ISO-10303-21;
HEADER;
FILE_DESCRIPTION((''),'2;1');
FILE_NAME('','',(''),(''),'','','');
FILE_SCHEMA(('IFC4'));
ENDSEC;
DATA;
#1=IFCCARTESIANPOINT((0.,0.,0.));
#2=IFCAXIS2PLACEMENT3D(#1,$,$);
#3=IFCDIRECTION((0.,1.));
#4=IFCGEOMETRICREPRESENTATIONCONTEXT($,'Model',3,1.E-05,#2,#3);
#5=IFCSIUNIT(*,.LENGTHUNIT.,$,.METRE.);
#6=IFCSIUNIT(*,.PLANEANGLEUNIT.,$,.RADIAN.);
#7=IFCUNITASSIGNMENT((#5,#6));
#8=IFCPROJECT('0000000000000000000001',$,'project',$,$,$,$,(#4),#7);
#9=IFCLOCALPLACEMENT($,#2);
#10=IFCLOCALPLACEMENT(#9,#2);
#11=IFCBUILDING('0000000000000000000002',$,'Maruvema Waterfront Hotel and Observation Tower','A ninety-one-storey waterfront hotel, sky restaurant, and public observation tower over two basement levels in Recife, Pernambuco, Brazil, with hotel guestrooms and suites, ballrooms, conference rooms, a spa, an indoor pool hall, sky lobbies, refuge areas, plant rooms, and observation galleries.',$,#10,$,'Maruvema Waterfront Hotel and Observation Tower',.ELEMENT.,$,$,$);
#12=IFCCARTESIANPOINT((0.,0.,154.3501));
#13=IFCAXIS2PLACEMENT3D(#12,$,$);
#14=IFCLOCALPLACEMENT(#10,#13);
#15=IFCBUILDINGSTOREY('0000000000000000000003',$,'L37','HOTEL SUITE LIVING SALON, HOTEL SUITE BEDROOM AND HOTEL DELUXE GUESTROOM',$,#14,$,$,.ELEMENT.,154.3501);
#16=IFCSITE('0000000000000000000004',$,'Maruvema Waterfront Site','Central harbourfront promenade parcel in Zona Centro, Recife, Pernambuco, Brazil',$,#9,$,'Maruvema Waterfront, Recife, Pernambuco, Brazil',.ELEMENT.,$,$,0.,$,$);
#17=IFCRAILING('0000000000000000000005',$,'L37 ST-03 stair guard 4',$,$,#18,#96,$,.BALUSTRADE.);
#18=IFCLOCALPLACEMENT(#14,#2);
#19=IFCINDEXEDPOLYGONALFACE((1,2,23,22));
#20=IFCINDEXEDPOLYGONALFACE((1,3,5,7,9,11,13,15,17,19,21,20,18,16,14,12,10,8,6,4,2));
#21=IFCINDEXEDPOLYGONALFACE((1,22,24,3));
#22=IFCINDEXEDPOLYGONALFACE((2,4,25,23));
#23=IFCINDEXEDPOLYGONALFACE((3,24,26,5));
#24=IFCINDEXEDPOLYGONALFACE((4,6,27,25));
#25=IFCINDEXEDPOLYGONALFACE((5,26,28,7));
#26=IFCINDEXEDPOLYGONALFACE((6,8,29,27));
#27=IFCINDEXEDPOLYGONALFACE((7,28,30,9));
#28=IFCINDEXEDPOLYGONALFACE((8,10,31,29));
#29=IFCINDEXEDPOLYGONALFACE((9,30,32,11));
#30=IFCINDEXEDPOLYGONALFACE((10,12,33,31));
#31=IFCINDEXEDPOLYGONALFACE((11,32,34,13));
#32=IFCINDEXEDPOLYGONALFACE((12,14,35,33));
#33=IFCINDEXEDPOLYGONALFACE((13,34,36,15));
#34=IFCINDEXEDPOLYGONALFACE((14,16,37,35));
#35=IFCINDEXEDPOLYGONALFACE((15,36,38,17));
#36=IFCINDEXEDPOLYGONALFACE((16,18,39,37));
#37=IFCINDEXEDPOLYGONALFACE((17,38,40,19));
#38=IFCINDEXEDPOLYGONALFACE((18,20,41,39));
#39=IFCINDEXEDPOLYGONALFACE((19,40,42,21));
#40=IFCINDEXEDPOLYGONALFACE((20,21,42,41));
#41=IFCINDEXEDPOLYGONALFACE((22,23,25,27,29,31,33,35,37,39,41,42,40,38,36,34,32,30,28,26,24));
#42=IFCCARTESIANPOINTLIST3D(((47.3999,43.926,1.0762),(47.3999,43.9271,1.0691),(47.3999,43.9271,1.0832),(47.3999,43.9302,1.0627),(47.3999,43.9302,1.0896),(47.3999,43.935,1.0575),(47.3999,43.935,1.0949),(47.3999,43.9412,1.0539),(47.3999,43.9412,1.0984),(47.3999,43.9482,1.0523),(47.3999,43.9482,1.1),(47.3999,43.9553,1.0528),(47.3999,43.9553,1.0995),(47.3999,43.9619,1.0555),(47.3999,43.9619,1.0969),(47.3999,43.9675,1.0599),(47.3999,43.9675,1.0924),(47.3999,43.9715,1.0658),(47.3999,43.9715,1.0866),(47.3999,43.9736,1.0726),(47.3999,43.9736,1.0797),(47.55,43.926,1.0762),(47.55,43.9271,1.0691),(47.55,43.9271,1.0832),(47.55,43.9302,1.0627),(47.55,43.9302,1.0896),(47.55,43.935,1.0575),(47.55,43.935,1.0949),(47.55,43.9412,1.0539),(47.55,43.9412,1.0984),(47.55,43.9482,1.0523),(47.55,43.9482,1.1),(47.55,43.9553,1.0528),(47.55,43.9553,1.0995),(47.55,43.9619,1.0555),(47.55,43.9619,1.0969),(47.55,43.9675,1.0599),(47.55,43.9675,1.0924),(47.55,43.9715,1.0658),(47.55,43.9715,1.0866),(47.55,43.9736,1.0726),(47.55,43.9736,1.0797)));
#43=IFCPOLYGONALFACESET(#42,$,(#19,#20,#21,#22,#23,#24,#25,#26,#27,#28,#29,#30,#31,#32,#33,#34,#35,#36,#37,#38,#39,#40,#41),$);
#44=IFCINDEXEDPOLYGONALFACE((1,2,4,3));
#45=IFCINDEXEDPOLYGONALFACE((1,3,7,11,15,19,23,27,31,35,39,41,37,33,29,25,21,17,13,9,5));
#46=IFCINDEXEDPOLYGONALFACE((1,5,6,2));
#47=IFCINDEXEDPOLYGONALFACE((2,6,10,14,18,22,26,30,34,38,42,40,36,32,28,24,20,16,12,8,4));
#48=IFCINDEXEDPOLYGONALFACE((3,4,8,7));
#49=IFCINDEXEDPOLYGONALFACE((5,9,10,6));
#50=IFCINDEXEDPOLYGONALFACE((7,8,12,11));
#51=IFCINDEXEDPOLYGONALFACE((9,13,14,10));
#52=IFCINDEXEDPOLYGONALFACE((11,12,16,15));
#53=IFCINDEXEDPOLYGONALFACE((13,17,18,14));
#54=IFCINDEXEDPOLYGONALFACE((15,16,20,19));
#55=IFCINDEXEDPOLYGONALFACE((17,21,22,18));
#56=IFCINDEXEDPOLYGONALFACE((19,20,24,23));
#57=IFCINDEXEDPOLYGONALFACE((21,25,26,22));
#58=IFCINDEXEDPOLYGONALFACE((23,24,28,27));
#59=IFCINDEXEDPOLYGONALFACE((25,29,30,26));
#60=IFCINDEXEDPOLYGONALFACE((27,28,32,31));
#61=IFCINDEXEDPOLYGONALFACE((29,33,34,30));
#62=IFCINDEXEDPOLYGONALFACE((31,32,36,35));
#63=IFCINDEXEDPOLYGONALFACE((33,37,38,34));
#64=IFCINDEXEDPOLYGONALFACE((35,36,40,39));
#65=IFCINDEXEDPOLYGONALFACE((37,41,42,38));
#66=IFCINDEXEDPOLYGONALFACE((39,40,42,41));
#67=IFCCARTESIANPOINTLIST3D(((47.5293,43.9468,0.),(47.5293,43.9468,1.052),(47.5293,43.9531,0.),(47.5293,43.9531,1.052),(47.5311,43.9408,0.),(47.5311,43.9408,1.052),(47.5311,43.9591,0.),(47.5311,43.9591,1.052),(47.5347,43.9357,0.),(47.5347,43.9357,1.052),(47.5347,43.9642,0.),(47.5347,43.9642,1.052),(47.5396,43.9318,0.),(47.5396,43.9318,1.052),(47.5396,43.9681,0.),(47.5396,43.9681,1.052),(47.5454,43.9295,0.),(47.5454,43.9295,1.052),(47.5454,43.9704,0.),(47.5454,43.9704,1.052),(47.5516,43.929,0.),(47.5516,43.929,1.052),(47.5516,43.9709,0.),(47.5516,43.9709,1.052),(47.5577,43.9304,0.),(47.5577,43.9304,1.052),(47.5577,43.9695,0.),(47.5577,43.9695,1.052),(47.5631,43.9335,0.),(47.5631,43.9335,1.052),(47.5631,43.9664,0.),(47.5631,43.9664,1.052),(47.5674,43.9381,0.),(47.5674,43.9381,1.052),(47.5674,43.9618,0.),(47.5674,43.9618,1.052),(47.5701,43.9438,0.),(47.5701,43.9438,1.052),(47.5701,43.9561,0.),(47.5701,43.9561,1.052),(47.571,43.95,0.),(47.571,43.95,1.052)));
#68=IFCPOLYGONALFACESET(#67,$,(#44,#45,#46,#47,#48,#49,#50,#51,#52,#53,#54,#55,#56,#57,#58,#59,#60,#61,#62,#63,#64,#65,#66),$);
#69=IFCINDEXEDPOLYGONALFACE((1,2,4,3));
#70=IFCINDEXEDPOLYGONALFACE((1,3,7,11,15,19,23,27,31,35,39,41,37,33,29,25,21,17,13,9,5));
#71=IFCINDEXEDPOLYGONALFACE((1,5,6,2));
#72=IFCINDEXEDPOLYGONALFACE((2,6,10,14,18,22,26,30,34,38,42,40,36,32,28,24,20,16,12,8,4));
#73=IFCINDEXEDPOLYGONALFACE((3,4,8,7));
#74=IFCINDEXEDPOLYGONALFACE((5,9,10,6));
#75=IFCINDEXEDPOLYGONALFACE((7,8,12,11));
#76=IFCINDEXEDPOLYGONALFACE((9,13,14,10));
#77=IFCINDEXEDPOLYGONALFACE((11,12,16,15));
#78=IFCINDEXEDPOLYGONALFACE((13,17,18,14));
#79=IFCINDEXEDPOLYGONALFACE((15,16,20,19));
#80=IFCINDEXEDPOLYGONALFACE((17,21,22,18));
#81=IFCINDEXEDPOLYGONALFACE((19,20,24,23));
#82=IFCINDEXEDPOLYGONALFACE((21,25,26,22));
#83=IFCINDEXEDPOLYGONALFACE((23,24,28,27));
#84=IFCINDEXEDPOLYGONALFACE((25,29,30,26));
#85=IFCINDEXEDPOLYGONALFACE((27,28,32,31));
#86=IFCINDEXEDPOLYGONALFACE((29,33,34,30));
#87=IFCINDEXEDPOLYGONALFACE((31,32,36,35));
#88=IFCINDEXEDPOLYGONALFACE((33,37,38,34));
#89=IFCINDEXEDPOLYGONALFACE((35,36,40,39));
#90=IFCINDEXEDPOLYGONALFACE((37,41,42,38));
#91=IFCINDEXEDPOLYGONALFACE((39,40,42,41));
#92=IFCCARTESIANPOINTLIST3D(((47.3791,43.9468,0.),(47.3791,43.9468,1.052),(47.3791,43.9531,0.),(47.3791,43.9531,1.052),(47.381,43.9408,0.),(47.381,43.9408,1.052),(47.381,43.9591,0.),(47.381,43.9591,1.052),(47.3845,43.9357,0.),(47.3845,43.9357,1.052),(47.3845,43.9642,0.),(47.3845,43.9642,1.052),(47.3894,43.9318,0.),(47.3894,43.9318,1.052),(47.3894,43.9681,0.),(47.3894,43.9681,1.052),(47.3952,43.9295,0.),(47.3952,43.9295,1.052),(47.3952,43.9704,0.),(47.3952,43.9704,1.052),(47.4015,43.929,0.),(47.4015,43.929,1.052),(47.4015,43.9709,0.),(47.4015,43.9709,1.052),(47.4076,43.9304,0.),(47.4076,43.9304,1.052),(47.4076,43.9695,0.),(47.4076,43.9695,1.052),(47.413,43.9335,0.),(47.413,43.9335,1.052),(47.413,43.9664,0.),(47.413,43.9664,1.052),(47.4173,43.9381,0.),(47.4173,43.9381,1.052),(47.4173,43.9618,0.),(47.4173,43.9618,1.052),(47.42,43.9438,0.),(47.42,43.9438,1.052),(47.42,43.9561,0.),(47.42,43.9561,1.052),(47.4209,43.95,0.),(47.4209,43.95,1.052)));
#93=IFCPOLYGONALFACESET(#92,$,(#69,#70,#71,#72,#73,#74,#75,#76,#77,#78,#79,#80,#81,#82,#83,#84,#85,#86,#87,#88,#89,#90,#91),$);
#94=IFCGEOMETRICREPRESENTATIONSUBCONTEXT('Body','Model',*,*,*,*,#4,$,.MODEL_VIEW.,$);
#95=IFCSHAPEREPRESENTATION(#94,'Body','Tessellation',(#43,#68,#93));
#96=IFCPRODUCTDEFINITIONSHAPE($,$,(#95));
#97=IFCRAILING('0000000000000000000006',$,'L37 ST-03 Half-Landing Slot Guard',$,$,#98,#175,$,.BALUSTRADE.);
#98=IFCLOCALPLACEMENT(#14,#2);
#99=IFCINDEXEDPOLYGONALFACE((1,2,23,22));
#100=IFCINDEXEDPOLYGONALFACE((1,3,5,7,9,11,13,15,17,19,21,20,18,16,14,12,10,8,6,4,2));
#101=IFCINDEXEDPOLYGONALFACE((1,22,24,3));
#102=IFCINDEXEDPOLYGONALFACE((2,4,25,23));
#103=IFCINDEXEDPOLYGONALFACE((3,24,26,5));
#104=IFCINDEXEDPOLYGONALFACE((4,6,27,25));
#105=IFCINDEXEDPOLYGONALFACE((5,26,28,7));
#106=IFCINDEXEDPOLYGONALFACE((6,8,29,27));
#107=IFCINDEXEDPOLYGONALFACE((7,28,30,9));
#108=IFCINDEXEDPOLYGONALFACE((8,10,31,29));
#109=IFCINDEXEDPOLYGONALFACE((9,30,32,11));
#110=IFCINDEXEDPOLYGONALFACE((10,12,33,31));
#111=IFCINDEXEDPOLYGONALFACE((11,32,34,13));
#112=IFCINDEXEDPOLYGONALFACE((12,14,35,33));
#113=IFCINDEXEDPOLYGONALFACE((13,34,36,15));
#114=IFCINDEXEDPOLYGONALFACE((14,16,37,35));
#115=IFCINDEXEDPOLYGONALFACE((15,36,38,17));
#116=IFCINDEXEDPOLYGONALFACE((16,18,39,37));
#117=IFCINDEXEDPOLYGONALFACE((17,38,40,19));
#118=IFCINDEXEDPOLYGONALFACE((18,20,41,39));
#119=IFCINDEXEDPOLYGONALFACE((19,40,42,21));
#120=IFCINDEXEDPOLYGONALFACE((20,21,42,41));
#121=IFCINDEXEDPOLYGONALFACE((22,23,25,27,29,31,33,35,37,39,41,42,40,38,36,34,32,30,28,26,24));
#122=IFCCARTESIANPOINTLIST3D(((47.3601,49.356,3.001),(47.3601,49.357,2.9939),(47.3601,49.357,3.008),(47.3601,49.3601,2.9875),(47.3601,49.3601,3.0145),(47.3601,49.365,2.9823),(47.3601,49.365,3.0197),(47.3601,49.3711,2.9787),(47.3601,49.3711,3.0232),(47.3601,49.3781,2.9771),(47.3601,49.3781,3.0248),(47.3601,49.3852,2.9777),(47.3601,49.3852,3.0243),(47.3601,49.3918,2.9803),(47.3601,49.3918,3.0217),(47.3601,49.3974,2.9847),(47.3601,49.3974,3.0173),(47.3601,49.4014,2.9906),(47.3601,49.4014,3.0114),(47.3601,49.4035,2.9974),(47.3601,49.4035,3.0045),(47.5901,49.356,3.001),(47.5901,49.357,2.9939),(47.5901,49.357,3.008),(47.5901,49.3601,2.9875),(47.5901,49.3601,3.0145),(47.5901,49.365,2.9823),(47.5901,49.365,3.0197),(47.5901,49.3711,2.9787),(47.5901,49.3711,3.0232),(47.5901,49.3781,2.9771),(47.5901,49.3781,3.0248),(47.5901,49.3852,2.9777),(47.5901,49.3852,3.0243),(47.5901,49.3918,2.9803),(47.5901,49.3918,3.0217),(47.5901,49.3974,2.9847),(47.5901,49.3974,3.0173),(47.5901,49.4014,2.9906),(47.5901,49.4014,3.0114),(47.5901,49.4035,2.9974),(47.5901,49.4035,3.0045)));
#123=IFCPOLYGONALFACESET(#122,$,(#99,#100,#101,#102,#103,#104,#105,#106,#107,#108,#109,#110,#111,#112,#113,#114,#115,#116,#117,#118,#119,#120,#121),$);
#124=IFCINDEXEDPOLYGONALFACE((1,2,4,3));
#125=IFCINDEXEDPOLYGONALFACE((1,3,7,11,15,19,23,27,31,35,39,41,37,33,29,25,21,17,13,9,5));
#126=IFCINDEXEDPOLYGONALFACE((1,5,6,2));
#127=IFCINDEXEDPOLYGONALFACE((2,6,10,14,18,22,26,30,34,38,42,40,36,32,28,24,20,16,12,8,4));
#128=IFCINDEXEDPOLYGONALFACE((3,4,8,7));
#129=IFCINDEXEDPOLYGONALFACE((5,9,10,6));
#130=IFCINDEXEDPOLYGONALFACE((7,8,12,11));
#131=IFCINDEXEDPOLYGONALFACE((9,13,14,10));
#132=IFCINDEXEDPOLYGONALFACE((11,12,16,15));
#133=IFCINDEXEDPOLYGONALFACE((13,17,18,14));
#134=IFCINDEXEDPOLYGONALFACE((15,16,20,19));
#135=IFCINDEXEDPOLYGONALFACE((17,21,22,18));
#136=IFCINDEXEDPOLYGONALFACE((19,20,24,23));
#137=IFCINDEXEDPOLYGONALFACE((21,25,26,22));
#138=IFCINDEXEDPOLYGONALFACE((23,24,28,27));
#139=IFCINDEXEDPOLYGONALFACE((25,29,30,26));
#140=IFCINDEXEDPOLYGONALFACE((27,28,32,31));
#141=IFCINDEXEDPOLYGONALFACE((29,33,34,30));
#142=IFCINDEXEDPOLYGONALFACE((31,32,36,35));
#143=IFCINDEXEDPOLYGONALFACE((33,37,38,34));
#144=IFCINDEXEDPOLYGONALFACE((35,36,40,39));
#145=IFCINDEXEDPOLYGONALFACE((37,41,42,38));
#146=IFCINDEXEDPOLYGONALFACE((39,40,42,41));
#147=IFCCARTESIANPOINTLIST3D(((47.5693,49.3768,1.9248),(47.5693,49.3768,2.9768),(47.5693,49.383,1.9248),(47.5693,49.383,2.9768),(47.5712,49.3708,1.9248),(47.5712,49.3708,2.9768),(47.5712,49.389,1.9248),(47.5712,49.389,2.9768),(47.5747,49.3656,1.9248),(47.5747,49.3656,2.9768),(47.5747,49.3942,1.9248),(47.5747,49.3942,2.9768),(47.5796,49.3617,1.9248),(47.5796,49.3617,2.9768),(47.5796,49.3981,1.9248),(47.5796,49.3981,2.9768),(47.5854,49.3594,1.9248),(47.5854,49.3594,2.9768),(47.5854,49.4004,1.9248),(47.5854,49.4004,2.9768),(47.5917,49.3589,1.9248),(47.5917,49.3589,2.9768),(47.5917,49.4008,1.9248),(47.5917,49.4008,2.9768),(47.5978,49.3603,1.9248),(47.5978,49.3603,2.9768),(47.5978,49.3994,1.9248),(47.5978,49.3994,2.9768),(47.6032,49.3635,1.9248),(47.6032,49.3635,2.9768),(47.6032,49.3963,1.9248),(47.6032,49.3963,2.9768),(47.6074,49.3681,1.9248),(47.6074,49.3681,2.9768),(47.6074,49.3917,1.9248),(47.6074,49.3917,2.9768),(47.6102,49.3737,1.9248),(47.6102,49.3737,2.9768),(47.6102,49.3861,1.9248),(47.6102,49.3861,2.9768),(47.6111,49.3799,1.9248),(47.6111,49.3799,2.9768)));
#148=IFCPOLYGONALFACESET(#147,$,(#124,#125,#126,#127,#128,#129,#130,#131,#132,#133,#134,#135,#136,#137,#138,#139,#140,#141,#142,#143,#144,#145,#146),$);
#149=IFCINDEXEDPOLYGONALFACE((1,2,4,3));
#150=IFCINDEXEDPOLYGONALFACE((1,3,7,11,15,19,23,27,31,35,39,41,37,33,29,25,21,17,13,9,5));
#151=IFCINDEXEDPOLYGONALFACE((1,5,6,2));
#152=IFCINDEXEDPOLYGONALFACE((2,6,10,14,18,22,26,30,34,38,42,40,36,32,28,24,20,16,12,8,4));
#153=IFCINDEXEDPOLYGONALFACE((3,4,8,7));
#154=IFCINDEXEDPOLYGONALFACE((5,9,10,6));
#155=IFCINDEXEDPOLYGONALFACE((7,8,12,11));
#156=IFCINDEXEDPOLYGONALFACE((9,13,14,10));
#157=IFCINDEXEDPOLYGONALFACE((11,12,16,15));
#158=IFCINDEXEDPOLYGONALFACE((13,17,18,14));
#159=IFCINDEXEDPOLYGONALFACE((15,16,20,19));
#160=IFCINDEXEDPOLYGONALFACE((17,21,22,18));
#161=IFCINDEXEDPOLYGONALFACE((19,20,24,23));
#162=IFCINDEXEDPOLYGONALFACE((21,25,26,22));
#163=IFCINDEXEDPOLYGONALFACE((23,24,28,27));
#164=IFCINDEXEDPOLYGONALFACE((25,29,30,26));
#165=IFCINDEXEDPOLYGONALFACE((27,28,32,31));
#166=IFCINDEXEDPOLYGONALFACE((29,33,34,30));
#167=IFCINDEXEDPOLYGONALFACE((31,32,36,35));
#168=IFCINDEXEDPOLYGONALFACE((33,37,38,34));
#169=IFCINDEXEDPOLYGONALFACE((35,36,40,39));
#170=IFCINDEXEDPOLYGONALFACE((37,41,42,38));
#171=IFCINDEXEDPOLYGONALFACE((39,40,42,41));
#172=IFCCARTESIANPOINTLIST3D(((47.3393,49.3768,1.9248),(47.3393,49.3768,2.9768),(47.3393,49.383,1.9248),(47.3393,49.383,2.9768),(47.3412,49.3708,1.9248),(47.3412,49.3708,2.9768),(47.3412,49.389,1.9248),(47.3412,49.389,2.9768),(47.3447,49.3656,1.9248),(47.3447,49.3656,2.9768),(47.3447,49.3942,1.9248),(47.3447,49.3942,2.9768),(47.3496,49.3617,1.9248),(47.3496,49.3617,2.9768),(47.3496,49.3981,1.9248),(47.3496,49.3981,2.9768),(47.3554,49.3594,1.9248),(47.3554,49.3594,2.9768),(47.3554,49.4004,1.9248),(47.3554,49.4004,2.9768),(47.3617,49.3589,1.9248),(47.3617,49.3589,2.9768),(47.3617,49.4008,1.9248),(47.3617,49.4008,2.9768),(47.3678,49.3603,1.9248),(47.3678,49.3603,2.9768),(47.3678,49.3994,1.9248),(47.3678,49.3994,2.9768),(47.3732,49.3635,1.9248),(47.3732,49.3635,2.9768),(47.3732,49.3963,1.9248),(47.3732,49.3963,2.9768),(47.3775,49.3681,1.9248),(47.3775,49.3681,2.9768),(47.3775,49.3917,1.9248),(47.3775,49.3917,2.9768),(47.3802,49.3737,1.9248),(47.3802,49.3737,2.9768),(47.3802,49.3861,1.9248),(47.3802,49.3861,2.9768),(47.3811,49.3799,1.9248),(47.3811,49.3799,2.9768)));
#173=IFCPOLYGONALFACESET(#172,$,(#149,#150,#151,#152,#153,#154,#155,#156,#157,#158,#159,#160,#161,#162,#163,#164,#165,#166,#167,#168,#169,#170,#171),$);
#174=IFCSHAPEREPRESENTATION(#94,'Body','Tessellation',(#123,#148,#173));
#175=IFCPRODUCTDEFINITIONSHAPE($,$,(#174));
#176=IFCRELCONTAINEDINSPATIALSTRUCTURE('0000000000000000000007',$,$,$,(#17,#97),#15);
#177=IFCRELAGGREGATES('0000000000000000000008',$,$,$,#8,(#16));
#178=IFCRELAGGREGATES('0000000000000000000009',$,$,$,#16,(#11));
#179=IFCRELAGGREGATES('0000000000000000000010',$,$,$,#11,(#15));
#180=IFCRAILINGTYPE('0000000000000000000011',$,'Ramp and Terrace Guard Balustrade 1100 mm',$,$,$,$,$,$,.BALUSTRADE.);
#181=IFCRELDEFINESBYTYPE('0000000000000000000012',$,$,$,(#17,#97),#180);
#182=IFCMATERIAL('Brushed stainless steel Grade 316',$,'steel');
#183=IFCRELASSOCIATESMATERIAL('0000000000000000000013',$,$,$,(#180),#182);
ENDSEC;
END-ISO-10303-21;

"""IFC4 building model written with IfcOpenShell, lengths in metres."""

from ifc_helpers import new_model, si_unit, direction, frame, origin, origin_2d, place, context, subcontext, project, spatial, circle, extrude, material, type_object, element, save


model = new_model("IFC4")

# Units and contexts
model_context = context("Model", 3, precision=1e-05, world=origin(), true_north=direction((0.0, 1.0)))
body_context = subcontext(model_context, "Body", "Model", "MODEL_VIEW")
ifc_project = project(units=[si_unit("LENGTHUNIT", "METRE"), si_unit("PLANEANGLEUNIT", "RADIAN")], contexts=[model_context])

# Site, building, storey
site_placement = place(None, origin())
site = spatial("IfcSite", under=ifc_project, at=site_placement, Name="Maruvema Waterfront Site", Description="Central harbourfront promenade parcel in Zona Centro, Recife, Pernambuco, Brazil", LongName="Maruvema Waterfront, Recife, Pernambuco, Brazil", CompositionType="ELEMENT", RefElevation=0.0)
building_placement = place(site_placement, origin())
building = spatial("IfcBuilding", under=site, at=building_placement, Name="Maruvema Waterfront Hotel and Observation Tower", Description="A ninety-one-storey waterfront hotel, sky restaurant, and public observation tower over two basement levels in Recife, Pernambuco, Brazil, with hotel guestrooms and suites, ballrooms, conference rooms, a spa, an indoor pool hall, sky lobbies, refuge areas, plant rooms, and observation galleries.", LongName="Maruvema Waterfront Hotel and Observation Tower", CompositionType="ELEMENT")
storey_placement = place(building_placement, frame((0.0, 0.0, 154.3501)))
storey = spatial("IfcBuildingStorey", under=building, at=storey_placement, Name="L37", Description="HOTEL SUITE LIVING SALON, HOTEL SUITE BEDROOM AND HOTEL DELUXE GUESTROOM", CompositionType="ELEMENT", Elevation=154.3501)

# Railings
ifc_material_1 = material(Name="Brushed stainless steel Grade 316", Category="steel")
railing_type_1 = type_object("IfcRailingType", Name="Ramp and Terrace Guard Balustrade 1100 mm", PredefinedType="BALUSTRADE", material=ifc_material_1)
for number, where, name in (
    (1, (47.55, 43.95, 0.0), "L37 ST-03 stair guard 4"),
):
    element("IfcRailing", number, at=place(storey_placement, frame(where)), inside=storey, type_object=railing_type_1, Name=name, PredefinedType="BALUSTRADE", context=body_context, shape_type="SweptSolid", body=[
        extrude(circle(Radius=0.0239, at=origin_2d()), frame((0.0, 0.0, 1.0762), z_axis=(-1.0, 0.0, 0.0), x_axis=(0.0, -1.0, 0.0)), (0.0, 0.0, 1.0), 0.1501),
        extrude(circle(Radius=0.021, at=origin_2d()), origin(), (0.0, 0.0, 1.0), 1.052),
        extrude(circle(Radius=0.021, at=origin_2d()), frame((-0.1501, 0.0, 0.0)), (0.0, 0.0, 1.0), 1.052),
    ])
railing_1_placement = place(storey_placement, frame((47.5901, 49.3799, 1.9248)))
element("IfcRailing", 2, at=railing_1_placement, inside=storey, type_object=railing_type_1, Name="L37 ST-03 Half-Landing Slot Guard", PredefinedType="BALUSTRADE", context=body_context, shape_type="SweptSolid", body=[
    extrude(circle(Radius=0.0239, at=origin_2d()), frame((0.0, 0.0, 1.0762), z_axis=(-1.0, 0.0, 0.0), x_axis=(0.0, -1.0, 0.0)), (0.0, 0.0, 1.0), 0.23),
    extrude(circle(Radius=0.021, at=origin_2d()), origin(), (0.0, 0.0, 1.0), 1.052),
    extrude(circle(Radius=0.021, at=origin_2d()), frame((-0.23, 0.0, 0.0)), (0.0, 0.0, 1.0), 1.052),
])

save(model, "model.ifc")
